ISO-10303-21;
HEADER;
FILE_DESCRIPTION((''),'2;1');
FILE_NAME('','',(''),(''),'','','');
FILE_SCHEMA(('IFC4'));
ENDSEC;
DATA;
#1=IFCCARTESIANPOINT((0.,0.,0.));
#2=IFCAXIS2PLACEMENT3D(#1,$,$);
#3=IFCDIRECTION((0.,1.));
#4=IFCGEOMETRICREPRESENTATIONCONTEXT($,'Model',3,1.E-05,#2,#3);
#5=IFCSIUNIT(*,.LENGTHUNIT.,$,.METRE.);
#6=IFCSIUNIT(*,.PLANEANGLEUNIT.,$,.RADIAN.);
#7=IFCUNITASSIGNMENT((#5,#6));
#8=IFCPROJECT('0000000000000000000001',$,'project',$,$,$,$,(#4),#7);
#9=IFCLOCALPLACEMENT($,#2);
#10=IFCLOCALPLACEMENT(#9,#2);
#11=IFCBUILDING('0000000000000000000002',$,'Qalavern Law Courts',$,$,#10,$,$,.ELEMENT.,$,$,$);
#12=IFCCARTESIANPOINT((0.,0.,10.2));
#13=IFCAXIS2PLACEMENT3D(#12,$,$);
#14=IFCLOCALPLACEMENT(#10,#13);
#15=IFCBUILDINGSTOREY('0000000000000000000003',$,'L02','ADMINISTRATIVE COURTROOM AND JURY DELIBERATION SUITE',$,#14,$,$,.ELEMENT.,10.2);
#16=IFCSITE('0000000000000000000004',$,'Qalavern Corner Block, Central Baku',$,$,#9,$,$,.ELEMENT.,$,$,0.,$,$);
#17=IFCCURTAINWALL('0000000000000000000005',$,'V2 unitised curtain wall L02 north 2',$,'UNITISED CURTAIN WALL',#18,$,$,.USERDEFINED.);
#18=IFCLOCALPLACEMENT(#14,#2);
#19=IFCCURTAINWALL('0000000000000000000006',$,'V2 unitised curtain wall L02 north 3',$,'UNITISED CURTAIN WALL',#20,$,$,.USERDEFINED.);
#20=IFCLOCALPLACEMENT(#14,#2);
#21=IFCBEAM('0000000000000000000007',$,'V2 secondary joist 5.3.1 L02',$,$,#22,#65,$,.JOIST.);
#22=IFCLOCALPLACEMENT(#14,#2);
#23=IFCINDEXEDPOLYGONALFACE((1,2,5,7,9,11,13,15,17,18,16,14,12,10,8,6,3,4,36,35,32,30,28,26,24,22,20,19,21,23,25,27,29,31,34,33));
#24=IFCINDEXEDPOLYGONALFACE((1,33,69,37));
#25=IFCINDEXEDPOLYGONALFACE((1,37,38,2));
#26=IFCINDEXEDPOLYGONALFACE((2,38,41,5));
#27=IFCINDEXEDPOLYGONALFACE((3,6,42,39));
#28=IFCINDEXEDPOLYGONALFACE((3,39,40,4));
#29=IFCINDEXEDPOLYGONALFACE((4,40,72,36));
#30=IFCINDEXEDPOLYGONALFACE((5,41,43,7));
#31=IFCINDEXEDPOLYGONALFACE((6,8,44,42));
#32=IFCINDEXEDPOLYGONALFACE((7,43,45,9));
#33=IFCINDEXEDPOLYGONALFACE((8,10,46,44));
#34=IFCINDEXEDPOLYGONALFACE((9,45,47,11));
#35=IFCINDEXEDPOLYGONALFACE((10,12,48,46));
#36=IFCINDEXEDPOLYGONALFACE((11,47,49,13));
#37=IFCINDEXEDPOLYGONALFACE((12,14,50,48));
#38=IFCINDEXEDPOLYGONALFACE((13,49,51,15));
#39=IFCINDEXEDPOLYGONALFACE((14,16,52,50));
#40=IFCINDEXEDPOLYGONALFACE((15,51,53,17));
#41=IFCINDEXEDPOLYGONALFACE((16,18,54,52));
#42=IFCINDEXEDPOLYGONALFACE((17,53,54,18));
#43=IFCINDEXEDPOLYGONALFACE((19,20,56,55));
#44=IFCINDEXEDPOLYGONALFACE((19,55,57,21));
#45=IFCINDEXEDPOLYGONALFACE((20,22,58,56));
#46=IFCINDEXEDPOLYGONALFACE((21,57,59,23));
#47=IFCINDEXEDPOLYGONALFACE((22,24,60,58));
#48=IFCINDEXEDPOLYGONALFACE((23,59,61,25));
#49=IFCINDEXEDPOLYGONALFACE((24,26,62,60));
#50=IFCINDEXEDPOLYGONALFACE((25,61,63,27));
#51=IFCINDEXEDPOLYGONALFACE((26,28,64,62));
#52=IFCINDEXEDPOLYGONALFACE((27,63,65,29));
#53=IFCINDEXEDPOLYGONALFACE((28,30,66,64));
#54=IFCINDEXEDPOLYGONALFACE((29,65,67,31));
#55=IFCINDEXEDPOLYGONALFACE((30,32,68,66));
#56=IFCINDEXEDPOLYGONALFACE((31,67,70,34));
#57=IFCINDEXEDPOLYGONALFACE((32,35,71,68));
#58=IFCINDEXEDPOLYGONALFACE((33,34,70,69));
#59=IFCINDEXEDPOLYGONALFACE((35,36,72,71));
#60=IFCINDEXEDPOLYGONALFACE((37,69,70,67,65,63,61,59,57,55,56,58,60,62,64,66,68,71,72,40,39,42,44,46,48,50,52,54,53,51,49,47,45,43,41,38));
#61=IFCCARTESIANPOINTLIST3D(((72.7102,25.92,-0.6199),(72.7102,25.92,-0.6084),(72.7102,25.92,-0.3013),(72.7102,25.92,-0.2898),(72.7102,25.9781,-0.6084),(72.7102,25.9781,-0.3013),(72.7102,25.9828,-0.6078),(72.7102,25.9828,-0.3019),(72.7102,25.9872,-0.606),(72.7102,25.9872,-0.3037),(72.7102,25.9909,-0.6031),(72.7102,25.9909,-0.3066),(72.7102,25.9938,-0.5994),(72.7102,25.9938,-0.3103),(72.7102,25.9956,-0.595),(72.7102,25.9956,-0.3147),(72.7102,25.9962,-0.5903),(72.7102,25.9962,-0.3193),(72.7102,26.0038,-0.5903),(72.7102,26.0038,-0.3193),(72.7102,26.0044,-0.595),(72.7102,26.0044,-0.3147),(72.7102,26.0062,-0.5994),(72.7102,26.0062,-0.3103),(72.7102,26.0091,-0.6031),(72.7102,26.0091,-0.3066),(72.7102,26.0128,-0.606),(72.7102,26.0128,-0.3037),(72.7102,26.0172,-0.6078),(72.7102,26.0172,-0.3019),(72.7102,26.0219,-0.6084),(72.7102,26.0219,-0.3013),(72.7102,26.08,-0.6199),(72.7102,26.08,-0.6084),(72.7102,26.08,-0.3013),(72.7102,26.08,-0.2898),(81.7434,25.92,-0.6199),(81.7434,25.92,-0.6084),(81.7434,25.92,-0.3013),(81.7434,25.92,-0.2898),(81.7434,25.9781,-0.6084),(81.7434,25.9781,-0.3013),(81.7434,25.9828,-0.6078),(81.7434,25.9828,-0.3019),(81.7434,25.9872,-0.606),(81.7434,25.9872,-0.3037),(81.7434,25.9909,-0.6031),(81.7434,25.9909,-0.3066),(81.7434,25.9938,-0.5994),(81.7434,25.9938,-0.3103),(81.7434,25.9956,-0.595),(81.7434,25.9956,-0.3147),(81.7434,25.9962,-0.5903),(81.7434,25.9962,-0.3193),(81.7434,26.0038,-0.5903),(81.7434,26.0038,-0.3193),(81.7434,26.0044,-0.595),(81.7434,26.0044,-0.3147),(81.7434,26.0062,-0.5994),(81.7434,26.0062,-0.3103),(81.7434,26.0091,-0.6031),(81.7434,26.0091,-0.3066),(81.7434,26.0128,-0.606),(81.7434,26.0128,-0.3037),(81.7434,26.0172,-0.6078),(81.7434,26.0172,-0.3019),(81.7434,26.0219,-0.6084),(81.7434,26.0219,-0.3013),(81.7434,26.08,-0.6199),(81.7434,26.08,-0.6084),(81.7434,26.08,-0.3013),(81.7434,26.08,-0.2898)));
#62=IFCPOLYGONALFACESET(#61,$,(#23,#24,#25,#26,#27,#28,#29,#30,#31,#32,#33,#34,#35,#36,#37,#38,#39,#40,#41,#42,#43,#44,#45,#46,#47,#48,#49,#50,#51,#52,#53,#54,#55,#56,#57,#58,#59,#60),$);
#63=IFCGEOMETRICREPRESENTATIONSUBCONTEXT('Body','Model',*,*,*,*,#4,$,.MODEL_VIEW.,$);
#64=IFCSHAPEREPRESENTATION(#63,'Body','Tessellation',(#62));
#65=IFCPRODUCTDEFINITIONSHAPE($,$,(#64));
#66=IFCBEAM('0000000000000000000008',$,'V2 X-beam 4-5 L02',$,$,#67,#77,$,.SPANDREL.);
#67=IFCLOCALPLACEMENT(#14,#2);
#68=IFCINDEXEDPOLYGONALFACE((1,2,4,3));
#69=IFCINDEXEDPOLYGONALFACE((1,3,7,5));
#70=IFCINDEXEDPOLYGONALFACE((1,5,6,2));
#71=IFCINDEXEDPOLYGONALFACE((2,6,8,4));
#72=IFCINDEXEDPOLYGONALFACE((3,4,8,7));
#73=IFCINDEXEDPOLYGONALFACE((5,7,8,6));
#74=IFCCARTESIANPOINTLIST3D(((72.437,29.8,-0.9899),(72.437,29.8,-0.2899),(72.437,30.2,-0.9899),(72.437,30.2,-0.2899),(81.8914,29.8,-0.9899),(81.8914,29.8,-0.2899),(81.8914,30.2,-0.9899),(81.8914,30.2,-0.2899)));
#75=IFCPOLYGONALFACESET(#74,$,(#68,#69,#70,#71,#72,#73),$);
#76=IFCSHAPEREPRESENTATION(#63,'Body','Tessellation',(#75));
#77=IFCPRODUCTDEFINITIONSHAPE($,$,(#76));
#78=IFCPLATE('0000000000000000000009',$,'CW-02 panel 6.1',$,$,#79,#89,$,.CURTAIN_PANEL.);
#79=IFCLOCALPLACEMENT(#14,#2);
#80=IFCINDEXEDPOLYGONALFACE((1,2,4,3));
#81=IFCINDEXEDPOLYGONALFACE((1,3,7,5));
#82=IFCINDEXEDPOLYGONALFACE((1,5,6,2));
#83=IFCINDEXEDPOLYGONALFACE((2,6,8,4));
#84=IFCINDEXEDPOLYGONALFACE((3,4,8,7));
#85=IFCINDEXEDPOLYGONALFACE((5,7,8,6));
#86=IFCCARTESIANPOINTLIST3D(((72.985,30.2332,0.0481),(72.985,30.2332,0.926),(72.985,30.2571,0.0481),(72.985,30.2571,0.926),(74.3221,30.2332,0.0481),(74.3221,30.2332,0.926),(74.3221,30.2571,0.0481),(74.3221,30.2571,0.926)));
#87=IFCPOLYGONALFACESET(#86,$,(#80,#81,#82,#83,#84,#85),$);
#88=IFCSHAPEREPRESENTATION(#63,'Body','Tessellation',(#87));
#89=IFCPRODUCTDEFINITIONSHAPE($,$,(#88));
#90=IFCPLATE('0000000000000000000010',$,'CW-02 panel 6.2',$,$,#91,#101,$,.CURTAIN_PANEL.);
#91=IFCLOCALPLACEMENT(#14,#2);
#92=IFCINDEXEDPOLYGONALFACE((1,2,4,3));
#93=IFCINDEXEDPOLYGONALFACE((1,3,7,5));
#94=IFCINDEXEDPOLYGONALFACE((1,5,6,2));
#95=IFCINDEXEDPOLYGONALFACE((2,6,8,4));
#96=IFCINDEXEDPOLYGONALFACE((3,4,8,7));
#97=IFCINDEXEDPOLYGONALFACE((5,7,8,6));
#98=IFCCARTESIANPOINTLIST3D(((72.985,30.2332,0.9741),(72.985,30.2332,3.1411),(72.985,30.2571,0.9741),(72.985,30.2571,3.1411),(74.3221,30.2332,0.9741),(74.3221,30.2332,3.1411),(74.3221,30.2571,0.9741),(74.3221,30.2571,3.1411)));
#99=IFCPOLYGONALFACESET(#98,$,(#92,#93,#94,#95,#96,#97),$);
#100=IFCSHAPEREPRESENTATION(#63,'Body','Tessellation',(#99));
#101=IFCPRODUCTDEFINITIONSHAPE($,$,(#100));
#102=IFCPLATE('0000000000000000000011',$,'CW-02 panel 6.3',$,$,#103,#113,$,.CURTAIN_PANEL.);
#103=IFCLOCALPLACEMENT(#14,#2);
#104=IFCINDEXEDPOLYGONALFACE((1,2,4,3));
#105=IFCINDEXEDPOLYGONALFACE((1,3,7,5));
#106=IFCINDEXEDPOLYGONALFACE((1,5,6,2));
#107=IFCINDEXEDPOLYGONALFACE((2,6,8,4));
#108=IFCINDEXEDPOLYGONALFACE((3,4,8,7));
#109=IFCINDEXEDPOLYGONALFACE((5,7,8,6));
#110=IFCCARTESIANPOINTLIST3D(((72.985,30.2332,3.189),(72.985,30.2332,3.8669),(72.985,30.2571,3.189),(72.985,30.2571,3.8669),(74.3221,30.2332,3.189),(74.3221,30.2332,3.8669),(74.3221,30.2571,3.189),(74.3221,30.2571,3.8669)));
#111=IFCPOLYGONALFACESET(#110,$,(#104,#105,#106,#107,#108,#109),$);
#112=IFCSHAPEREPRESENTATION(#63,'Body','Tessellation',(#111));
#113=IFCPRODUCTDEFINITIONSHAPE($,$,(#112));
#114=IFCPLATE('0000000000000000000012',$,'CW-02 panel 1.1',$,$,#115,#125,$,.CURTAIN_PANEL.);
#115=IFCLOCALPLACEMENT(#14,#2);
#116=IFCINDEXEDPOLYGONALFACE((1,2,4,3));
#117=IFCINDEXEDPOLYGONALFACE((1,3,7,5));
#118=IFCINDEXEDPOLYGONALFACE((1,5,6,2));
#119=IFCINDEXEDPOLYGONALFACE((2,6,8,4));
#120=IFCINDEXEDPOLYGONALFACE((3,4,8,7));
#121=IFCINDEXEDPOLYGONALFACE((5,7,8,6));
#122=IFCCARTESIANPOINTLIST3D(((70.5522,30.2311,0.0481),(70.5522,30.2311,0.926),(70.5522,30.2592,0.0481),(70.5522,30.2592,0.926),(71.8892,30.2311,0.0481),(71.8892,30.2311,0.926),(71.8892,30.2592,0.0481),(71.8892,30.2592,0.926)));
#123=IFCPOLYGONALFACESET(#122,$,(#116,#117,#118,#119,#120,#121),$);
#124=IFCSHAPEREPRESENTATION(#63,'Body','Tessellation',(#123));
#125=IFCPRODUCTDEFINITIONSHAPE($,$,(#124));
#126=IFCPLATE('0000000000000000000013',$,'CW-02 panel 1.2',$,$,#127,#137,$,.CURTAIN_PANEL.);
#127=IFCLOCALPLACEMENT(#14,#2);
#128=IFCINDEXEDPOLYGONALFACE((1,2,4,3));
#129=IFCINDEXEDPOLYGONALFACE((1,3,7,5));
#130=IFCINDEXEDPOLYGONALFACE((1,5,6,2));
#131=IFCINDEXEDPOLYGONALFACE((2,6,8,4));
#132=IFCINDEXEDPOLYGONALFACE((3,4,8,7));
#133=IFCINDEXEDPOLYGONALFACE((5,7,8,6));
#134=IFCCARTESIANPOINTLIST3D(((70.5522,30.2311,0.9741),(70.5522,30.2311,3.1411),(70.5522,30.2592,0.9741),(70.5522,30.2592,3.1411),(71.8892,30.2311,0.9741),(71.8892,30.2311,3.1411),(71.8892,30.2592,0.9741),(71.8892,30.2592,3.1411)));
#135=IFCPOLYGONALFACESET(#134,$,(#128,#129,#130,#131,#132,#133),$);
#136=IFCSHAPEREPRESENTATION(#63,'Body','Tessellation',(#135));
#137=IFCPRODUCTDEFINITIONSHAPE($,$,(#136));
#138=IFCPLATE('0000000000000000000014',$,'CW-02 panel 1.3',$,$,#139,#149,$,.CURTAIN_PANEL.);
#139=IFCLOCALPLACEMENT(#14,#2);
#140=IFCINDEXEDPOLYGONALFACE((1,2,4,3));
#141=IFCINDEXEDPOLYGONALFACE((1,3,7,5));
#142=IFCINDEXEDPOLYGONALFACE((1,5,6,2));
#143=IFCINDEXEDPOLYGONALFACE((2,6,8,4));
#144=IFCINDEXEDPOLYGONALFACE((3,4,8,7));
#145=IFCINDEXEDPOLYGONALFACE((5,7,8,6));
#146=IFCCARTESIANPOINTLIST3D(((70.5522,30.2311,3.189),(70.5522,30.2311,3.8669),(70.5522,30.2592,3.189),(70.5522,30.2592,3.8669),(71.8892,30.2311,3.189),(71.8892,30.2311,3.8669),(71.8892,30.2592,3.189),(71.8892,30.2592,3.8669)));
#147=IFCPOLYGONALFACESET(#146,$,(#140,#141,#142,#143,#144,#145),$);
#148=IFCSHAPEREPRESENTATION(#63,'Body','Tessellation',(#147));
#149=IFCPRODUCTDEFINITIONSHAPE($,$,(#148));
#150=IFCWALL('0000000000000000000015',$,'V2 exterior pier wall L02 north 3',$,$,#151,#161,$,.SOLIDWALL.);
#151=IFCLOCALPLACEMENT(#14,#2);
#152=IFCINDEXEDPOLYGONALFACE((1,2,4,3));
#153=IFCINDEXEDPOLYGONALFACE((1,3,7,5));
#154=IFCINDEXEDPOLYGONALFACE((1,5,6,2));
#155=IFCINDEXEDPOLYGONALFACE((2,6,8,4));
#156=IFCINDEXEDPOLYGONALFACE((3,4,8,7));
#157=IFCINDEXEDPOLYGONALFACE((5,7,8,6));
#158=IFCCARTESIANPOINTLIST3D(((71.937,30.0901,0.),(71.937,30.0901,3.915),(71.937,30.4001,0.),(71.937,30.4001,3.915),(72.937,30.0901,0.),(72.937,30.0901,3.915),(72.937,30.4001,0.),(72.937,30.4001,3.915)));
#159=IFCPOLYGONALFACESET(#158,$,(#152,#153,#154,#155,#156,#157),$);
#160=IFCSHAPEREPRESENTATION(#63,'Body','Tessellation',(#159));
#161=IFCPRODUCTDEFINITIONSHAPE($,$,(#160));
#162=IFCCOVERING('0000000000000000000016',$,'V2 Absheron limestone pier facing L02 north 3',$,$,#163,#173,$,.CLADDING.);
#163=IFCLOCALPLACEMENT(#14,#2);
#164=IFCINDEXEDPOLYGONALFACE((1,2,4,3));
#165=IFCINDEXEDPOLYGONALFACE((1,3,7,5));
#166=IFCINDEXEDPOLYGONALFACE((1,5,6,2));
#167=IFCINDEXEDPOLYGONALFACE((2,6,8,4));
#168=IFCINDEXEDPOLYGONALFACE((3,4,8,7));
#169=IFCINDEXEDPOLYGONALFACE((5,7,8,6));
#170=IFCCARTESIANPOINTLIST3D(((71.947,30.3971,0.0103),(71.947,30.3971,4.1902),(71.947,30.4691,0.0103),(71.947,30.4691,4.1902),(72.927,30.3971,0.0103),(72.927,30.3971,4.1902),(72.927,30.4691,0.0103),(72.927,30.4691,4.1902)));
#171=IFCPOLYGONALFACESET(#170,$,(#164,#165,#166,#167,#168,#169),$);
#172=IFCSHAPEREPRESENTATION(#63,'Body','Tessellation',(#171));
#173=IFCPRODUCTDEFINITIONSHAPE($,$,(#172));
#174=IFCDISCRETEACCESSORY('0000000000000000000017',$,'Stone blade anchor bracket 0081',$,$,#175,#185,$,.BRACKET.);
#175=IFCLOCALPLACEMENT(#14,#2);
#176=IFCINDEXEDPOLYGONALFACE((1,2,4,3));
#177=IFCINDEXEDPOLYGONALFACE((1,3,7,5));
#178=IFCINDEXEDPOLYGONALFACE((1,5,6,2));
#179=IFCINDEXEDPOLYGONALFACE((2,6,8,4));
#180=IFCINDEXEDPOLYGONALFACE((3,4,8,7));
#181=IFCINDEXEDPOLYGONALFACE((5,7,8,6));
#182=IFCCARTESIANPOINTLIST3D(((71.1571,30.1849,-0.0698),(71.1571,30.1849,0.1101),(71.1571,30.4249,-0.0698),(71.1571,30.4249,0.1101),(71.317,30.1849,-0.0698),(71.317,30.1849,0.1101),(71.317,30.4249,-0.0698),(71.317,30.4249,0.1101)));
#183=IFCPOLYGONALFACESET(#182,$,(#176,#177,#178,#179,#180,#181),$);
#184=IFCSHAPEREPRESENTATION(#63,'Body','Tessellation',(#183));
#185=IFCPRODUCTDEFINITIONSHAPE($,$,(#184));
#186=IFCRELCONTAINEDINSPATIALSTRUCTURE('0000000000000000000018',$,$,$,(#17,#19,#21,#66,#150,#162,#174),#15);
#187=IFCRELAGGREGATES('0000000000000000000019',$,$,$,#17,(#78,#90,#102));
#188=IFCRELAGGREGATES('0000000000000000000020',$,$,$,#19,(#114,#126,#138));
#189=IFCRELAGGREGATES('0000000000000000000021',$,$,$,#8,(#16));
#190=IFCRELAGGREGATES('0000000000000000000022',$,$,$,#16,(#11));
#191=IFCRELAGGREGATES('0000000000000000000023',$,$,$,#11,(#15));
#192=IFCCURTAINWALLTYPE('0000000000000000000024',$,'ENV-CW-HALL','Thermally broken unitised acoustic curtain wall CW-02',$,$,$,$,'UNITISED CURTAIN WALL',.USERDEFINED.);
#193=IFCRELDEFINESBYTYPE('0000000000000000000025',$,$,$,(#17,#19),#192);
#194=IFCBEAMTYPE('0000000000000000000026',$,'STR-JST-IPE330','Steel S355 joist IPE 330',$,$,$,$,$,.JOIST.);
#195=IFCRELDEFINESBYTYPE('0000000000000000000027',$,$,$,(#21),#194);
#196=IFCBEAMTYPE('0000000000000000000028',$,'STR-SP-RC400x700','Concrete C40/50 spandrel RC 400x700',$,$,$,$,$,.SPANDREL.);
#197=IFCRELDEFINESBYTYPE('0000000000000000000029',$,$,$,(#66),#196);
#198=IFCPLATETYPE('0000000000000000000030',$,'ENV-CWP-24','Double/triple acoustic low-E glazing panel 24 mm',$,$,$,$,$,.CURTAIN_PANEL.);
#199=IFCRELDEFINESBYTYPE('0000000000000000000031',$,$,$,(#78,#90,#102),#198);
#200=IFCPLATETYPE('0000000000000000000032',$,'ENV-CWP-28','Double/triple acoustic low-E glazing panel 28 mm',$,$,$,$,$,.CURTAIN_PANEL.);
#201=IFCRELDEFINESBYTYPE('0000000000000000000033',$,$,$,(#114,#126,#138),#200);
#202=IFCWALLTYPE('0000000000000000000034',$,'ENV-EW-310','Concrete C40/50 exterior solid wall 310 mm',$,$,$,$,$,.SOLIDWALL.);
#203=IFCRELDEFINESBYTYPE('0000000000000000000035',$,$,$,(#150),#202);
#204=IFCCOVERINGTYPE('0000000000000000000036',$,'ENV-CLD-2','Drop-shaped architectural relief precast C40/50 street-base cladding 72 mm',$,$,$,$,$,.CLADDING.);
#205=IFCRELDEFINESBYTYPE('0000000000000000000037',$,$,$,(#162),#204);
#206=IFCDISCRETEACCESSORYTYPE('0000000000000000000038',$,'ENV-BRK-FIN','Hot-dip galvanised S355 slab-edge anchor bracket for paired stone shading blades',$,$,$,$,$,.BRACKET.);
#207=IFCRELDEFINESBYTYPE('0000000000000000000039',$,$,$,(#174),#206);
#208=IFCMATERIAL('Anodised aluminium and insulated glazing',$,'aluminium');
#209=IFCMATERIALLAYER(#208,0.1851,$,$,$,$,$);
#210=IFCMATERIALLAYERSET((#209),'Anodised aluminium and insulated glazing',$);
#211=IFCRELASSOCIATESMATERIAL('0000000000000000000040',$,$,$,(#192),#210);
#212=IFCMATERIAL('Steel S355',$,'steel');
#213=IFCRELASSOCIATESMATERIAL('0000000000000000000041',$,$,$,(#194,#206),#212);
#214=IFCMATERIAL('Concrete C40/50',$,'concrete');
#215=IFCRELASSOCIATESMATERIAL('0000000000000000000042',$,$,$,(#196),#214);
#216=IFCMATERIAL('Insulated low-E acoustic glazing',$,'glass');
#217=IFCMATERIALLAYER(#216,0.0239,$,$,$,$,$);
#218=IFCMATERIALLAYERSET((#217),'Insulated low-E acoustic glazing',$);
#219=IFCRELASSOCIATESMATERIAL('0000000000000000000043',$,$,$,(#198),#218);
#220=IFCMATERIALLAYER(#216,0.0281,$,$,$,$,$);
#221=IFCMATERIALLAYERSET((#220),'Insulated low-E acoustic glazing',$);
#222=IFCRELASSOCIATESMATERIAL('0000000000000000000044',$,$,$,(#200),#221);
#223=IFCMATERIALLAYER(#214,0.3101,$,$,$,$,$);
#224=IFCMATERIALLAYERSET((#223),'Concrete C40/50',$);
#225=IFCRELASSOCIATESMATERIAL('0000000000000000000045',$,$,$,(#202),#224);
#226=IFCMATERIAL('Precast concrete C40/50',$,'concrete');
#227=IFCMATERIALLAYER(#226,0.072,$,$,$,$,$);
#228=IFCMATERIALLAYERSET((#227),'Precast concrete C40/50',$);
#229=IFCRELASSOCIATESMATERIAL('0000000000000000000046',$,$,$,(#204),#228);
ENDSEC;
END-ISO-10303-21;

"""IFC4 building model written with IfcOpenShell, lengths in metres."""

from ifc_helpers import new_model, si_unit, direction, frame, frame_2d, origin, origin_2d, place, context, subcontext, project, spatial, rectangle, i_section, extrude, material, layer, layer_set, material_profile, profile_set, type_object, element, aggregate, save


model = new_model("IFC4")

# Units and contexts
model_context = context("Model", 3, precision=1e-05, world=origin(), true_north=direction((0.0, 1.0)))
body_context = subcontext(model_context, "Body", "Model", "MODEL_VIEW")
ifc_project = project(units=[si_unit("LENGTHUNIT", "METRE"), si_unit("PLANEANGLEUNIT", "RADIAN")], contexts=[model_context])

# Site, building, storey
site_placement = place(None, origin())
site = spatial("IfcSite", under=ifc_project, at=site_placement, Name="Qalavern Corner Block, Central Baku", CompositionType="ELEMENT", RefElevation=0.0)
building_placement = place(site_placement, origin())
building = spatial("IfcBuilding", under=site, at=building_placement, Name="Qalavern Law Courts", CompositionType="ELEMENT")
storey_placement = place(building_placement, frame((0.0, 0.0, 10.2)))
storey = spatial("IfcBuildingStorey", under=building, at=storey_placement, Name="L02", Description="ADMINISTRATIVE COURTROOM AND JURY DELIBERATION SUITE", CompositionType="ELEMENT", Elevation=10.2)

# Curtain wall
ifc_material_1 = material(Name="Anodised aluminium and insulated glazing", Category="aluminium")
ifc_layer_1 = layer(ifc_material_1, 0.1851)
ifc_layer_set_1 = layer_set([ifc_layer_1], Name="Anodised aluminium and insulated glazing")
curtain_wall_type = type_object("IfcCurtainWallType", Name="ENV-CW-HALL", Description="Thermally broken unitised acoustic curtain wall CW-02", ElementType="UNITISED CURTAIN WALL", PredefinedType="USERDEFINED", material=ifc_layer_set_1)
curtain_wall_1_placement = place(storey_placement, origin())
curtain_wall_1 = element("IfcCurtainWall", 1, at=curtain_wall_1_placement, inside=storey, type_object=curtain_wall_type, Name="V2 unitised curtain wall L02 north 2", ObjectType="UNITISED CURTAIN WALL", PredefinedType="USERDEFINED")

# Curtain wall
curtain_wall_2_placement = place(storey_placement, origin())
curtain_wall_2 = element("IfcCurtainWall", 2, at=curtain_wall_2_placement, inside=storey, type_object=curtain_wall_type, Name="V2 unitised curtain wall L02 north 3", ObjectType="UNITISED CURTAIN WALL", PredefinedType="USERDEFINED")

# Beams
ifc_material_2 = material(Name="Steel S355", Category="steel")
ifc_material_profile_1 = material_profile(ifc_material_2, i_section(OverallWidth=0.1599, OverallDepth=0.3301, WebThickness=0.0076, FlangeThickness=0.0115, FilletRadius=0.0181, at=origin_2d()), Name="IPE 330")
ifc_profile_set_1 = profile_set([ifc_material_profile_1], Name="Steel S355")
beam_type_1 = type_object("IfcBeamType", Name="STR-JST-IPE330", Description="Steel S355 joist IPE 330", PredefinedType="JOIST", material=ifc_profile_set_1)
beam_1_placement = place(storey_placement, frame((72.7102, 26.0, -0.4548), z_axis=(1.0, 0.0, 0.0), x_axis=(0.0, 1.0, 0.0)))
element("IfcBeam", 3, at=beam_1_placement, inside=storey, type_object=beam_type_1, Name="V2 secondary joist 5.3.1 L02", PredefinedType="JOIST", context=body_context, shape_type="SweptSolid", body=[
    extrude(i_section(OverallWidth=0.1599, OverallDepth=0.3301, WebThickness=0.0076, FlangeThickness=0.0115, FilletRadius=0.0181, at=origin_2d()), origin(), (0.0, 0.0, 1.0), 9.0332),
])
ifc_material_3 = material(Name="Concrete C40/50", Category="concrete")
ifc_material_profile_2 = material_profile(ifc_material_3, rectangle(XDim=0.3999, YDim=0.7, at=origin_2d()), Name="RC 400x700")
ifc_profile_set_2 = profile_set([ifc_material_profile_2], Name="Concrete C40/50")
beam_type_2 = type_object("IfcBeamType", Name="STR-SP-RC400x700", Description="Concrete C40/50 spandrel RC 400x700", PredefinedType="SPANDREL", material=ifc_profile_set_2)
beam_2_placement = place(storey_placement, frame((72.437, 30.0, -0.6399), z_axis=(1.0, 0.0, 0.0), x_axis=(0.0, 1.0, 0.0)))
element("IfcBeam", 4, at=beam_2_placement, inside=storey, type_object=beam_type_2, Name="V2 X-beam 4-5 L02", PredefinedType="SPANDREL", context=body_context, shape_type="SweptSolid", body=[
    extrude(rectangle(XDim=0.3999, YDim=0.7, at=origin_2d()), origin(), (0.0, 0.0, 1.0), 9.4543),
])

# Plates
ifc_material_4 = material(Name="Insulated low-E acoustic glazing", Category="glass")
ifc_layer_2 = layer(ifc_material_4, 0.0239)
ifc_layer_set_2 = layer_set([ifc_layer_2], Name="Insulated low-E acoustic glazing")
plate_type_1 = type_object("IfcPlateType", Name="ENV-CWP-24", Description="Double/triple acoustic low-E glazing panel 24 mm", PredefinedType="CURTAIN_PANEL", material=ifc_layer_set_2)
plate_1_placement = place(storey_placement, frame((73.6536, 30.2451, 0.0481), z_axis=(0.0, 0.0, 1.0), x_axis=(-1.0, 0.0, 0.0)))
plate_1 = element("IfcPlate", 5, at=plate_1_placement, type_object=plate_type_1, Name="CW-02 panel 6.1", PredefinedType="CURTAIN_PANEL", context=body_context, shape_type="SweptSolid", body=[
    extrude(rectangle(XDim=1.3372, YDim=0.0239, at=origin_2d()), origin(), (0.0, 0.0, 1.0), 0.8779),
])
plate_2_placement = place(storey_placement, frame((73.6536, 30.2451, 0.9741), z_axis=(0.0, 0.0, 1.0), x_axis=(-1.0, 0.0, 0.0)))
plate_2 = element("IfcPlate", 6, at=plate_2_placement, type_object=plate_type_1, Name="CW-02 panel 6.2", PredefinedType="CURTAIN_PANEL", context=body_context, shape_type="SweptSolid", body=[
    extrude(rectangle(XDim=1.3372, YDim=0.0239, at=origin_2d()), origin(), (0.0, 0.0, 1.0), 2.167),
])
plate_3_placement = place(storey_placement, frame((73.6536, 30.2451, 3.189), z_axis=(0.0, 0.0, 1.0), x_axis=(-1.0, 0.0, 0.0)))
plate_3 = element("IfcPlate", 7, at=plate_3_placement, type_object=plate_type_1, Name="CW-02 panel 6.3", PredefinedType="CURTAIN_PANEL", context=body_context, shape_type="SweptSolid", body=[
    extrude(rectangle(XDim=1.3372, YDim=0.0239, at=origin_2d()), origin(), (0.0, 0.0, 1.0), 0.678),
])
aggregate(curtain_wall_1, [plate_1, plate_2, plate_3])
ifc_layer_3 = layer(ifc_material_4, 0.0281)
ifc_layer_set_3 = layer_set([ifc_layer_3], Name="Insulated low-E acoustic glazing")
plate_type_2 = type_object("IfcPlateType", Name="ENV-CWP-28", Description="Double/triple acoustic low-E glazing panel 28 mm", PredefinedType="CURTAIN_PANEL", material=ifc_layer_set_3)
plate_4_placement = place(storey_placement, frame((71.2207, 30.2451, 0.0481), z_axis=(0.0, 0.0, 1.0), x_axis=(-1.0, 0.0, 0.0)))
plate_4 = element("IfcPlate", 8, at=plate_4_placement, type_object=plate_type_2, Name="CW-02 panel 1.1", PredefinedType="CURTAIN_PANEL", context=body_context, shape_type="SweptSolid", body=[
    extrude(rectangle(XDim=1.3369, YDim=0.0281, at=origin_2d()), origin(), (0.0, 0.0, 1.0), 0.8779),
])
plate_5_placement = place(storey_placement, frame((71.2207, 30.2451, 0.9741), z_axis=(0.0, 0.0, 1.0), x_axis=(-1.0, 0.0, 0.0)))
plate_5 = element("IfcPlate", 9, at=plate_5_placement, type_object=plate_type_2, Name="CW-02 panel 1.2", PredefinedType="CURTAIN_PANEL", context=body_context, shape_type="SweptSolid", body=[
    extrude(rectangle(XDim=1.3369, YDim=0.0281, at=origin_2d()), origin(), (0.0, 0.0, 1.0), 2.167),
])
plate_6_placement = place(storey_placement, frame((71.2207, 30.2451, 3.189), z_axis=(0.0, 0.0, 1.0), x_axis=(-1.0, 0.0, 0.0)))
plate_6 = element("IfcPlate", 10, at=plate_6_placement, type_object=plate_type_2, Name="CW-02 panel 1.3", PredefinedType="CURTAIN_PANEL", context=body_context, shape_type="SweptSolid", body=[
    extrude(rectangle(XDim=1.3369, YDim=0.0281, at=origin_2d()), origin(), (0.0, 0.0, 1.0), 0.678),
])
aggregate(curtain_wall_2, [plate_4, plate_5, plate_6])

# Wall
ifc_layer_4 = layer(ifc_material_3, 0.3101)
ifc_layer_set_4 = layer_set([ifc_layer_4], Name="Concrete C40/50")
wall_type = type_object("IfcWallType", Name="ENV-EW-310", Description="Concrete C40/50 exterior solid wall 310 mm", PredefinedType="SOLIDWALL", material=ifc_layer_set_4)
wall_placement = place(storey_placement, frame((72.937, 30.2451, 0.0), z_axis=(0.0, 0.0, 1.0), x_axis=(-1.0, 0.0, 0.0)))
element("IfcWall", 11, at=wall_placement, inside=storey, type_object=wall_type, Name="V2 exterior pier wall L02 north 3", PredefinedType="SOLIDWALL", context=body_context, shape_type="SweptSolid", body=[
    extrude(rectangle(XDim=1.0, YDim=0.3101, at=frame_2d((0.5, 0.0))), origin(), (0.0, 0.0, 1.0), 3.915),
])

# Covering
ifc_material_5 = material(Name="Precast concrete C40/50", Category="concrete")
ifc_layer_5 = layer(ifc_material_5, 0.072)
ifc_layer_set_5 = layer_set([ifc_layer_5], Name="Precast concrete C40/50")
covering_type = type_object("IfcCoveringType", Name="ENV-CLD-2", Description="Drop-shaped architectural relief precast C40/50 street-base cladding 72 mm", PredefinedType="CLADDING", material=ifc_layer_set_5)
covering_placement = place(storey_placement, frame((72.437, 30.4331, 0.0103), z_axis=(0.0, 0.0, 1.0), x_axis=(-1.0, 0.0, 0.0)))
element("IfcCovering", 12, at=covering_placement, inside=storey, type_object=covering_type, Name="V2 Absheron limestone pier facing L02 north 3", PredefinedType="CLADDING", context=body_context, shape_type="SweptSolid", body=[
    extrude(rectangle(XDim=0.98, YDim=0.072, at=origin_2d()), origin(), (0.0, 0.0, 1.0), 4.1799),
])

# Discrete accessory
discrete_accessory_type = type_object("IfcDiscreteAccessoryType", Name="ENV-BRK-FIN", Description="Hot-dip galvanised S355 slab-edge anchor bracket for paired stone shading blades", PredefinedType="BRACKET", material=ifc_material_2)
for number, where, z_axis, x_axis, name in (
    (13, (71.2371, 30.3049, -0.0698), (0.0, 0.0, 1.0), (0.0, 1.0, 0.0), "Stone blade anchor bracket 0081"),
):
    element("IfcDiscreteAccessory", number, at=place(storey_placement, frame(where, z_axis=z_axis, x_axis=x_axis)), inside=storey, type_object=discrete_accessory_type, Name=name, PredefinedType="BRACKET", context=body_context, shape_type="SweptSolid", body=[
        extrude(rectangle(XDim=0.24, YDim=0.1599, at=origin_2d()), origin(), (0.0, 0.0, 1.0), 0.1799),
    ])

save(model, "model.ifc")
